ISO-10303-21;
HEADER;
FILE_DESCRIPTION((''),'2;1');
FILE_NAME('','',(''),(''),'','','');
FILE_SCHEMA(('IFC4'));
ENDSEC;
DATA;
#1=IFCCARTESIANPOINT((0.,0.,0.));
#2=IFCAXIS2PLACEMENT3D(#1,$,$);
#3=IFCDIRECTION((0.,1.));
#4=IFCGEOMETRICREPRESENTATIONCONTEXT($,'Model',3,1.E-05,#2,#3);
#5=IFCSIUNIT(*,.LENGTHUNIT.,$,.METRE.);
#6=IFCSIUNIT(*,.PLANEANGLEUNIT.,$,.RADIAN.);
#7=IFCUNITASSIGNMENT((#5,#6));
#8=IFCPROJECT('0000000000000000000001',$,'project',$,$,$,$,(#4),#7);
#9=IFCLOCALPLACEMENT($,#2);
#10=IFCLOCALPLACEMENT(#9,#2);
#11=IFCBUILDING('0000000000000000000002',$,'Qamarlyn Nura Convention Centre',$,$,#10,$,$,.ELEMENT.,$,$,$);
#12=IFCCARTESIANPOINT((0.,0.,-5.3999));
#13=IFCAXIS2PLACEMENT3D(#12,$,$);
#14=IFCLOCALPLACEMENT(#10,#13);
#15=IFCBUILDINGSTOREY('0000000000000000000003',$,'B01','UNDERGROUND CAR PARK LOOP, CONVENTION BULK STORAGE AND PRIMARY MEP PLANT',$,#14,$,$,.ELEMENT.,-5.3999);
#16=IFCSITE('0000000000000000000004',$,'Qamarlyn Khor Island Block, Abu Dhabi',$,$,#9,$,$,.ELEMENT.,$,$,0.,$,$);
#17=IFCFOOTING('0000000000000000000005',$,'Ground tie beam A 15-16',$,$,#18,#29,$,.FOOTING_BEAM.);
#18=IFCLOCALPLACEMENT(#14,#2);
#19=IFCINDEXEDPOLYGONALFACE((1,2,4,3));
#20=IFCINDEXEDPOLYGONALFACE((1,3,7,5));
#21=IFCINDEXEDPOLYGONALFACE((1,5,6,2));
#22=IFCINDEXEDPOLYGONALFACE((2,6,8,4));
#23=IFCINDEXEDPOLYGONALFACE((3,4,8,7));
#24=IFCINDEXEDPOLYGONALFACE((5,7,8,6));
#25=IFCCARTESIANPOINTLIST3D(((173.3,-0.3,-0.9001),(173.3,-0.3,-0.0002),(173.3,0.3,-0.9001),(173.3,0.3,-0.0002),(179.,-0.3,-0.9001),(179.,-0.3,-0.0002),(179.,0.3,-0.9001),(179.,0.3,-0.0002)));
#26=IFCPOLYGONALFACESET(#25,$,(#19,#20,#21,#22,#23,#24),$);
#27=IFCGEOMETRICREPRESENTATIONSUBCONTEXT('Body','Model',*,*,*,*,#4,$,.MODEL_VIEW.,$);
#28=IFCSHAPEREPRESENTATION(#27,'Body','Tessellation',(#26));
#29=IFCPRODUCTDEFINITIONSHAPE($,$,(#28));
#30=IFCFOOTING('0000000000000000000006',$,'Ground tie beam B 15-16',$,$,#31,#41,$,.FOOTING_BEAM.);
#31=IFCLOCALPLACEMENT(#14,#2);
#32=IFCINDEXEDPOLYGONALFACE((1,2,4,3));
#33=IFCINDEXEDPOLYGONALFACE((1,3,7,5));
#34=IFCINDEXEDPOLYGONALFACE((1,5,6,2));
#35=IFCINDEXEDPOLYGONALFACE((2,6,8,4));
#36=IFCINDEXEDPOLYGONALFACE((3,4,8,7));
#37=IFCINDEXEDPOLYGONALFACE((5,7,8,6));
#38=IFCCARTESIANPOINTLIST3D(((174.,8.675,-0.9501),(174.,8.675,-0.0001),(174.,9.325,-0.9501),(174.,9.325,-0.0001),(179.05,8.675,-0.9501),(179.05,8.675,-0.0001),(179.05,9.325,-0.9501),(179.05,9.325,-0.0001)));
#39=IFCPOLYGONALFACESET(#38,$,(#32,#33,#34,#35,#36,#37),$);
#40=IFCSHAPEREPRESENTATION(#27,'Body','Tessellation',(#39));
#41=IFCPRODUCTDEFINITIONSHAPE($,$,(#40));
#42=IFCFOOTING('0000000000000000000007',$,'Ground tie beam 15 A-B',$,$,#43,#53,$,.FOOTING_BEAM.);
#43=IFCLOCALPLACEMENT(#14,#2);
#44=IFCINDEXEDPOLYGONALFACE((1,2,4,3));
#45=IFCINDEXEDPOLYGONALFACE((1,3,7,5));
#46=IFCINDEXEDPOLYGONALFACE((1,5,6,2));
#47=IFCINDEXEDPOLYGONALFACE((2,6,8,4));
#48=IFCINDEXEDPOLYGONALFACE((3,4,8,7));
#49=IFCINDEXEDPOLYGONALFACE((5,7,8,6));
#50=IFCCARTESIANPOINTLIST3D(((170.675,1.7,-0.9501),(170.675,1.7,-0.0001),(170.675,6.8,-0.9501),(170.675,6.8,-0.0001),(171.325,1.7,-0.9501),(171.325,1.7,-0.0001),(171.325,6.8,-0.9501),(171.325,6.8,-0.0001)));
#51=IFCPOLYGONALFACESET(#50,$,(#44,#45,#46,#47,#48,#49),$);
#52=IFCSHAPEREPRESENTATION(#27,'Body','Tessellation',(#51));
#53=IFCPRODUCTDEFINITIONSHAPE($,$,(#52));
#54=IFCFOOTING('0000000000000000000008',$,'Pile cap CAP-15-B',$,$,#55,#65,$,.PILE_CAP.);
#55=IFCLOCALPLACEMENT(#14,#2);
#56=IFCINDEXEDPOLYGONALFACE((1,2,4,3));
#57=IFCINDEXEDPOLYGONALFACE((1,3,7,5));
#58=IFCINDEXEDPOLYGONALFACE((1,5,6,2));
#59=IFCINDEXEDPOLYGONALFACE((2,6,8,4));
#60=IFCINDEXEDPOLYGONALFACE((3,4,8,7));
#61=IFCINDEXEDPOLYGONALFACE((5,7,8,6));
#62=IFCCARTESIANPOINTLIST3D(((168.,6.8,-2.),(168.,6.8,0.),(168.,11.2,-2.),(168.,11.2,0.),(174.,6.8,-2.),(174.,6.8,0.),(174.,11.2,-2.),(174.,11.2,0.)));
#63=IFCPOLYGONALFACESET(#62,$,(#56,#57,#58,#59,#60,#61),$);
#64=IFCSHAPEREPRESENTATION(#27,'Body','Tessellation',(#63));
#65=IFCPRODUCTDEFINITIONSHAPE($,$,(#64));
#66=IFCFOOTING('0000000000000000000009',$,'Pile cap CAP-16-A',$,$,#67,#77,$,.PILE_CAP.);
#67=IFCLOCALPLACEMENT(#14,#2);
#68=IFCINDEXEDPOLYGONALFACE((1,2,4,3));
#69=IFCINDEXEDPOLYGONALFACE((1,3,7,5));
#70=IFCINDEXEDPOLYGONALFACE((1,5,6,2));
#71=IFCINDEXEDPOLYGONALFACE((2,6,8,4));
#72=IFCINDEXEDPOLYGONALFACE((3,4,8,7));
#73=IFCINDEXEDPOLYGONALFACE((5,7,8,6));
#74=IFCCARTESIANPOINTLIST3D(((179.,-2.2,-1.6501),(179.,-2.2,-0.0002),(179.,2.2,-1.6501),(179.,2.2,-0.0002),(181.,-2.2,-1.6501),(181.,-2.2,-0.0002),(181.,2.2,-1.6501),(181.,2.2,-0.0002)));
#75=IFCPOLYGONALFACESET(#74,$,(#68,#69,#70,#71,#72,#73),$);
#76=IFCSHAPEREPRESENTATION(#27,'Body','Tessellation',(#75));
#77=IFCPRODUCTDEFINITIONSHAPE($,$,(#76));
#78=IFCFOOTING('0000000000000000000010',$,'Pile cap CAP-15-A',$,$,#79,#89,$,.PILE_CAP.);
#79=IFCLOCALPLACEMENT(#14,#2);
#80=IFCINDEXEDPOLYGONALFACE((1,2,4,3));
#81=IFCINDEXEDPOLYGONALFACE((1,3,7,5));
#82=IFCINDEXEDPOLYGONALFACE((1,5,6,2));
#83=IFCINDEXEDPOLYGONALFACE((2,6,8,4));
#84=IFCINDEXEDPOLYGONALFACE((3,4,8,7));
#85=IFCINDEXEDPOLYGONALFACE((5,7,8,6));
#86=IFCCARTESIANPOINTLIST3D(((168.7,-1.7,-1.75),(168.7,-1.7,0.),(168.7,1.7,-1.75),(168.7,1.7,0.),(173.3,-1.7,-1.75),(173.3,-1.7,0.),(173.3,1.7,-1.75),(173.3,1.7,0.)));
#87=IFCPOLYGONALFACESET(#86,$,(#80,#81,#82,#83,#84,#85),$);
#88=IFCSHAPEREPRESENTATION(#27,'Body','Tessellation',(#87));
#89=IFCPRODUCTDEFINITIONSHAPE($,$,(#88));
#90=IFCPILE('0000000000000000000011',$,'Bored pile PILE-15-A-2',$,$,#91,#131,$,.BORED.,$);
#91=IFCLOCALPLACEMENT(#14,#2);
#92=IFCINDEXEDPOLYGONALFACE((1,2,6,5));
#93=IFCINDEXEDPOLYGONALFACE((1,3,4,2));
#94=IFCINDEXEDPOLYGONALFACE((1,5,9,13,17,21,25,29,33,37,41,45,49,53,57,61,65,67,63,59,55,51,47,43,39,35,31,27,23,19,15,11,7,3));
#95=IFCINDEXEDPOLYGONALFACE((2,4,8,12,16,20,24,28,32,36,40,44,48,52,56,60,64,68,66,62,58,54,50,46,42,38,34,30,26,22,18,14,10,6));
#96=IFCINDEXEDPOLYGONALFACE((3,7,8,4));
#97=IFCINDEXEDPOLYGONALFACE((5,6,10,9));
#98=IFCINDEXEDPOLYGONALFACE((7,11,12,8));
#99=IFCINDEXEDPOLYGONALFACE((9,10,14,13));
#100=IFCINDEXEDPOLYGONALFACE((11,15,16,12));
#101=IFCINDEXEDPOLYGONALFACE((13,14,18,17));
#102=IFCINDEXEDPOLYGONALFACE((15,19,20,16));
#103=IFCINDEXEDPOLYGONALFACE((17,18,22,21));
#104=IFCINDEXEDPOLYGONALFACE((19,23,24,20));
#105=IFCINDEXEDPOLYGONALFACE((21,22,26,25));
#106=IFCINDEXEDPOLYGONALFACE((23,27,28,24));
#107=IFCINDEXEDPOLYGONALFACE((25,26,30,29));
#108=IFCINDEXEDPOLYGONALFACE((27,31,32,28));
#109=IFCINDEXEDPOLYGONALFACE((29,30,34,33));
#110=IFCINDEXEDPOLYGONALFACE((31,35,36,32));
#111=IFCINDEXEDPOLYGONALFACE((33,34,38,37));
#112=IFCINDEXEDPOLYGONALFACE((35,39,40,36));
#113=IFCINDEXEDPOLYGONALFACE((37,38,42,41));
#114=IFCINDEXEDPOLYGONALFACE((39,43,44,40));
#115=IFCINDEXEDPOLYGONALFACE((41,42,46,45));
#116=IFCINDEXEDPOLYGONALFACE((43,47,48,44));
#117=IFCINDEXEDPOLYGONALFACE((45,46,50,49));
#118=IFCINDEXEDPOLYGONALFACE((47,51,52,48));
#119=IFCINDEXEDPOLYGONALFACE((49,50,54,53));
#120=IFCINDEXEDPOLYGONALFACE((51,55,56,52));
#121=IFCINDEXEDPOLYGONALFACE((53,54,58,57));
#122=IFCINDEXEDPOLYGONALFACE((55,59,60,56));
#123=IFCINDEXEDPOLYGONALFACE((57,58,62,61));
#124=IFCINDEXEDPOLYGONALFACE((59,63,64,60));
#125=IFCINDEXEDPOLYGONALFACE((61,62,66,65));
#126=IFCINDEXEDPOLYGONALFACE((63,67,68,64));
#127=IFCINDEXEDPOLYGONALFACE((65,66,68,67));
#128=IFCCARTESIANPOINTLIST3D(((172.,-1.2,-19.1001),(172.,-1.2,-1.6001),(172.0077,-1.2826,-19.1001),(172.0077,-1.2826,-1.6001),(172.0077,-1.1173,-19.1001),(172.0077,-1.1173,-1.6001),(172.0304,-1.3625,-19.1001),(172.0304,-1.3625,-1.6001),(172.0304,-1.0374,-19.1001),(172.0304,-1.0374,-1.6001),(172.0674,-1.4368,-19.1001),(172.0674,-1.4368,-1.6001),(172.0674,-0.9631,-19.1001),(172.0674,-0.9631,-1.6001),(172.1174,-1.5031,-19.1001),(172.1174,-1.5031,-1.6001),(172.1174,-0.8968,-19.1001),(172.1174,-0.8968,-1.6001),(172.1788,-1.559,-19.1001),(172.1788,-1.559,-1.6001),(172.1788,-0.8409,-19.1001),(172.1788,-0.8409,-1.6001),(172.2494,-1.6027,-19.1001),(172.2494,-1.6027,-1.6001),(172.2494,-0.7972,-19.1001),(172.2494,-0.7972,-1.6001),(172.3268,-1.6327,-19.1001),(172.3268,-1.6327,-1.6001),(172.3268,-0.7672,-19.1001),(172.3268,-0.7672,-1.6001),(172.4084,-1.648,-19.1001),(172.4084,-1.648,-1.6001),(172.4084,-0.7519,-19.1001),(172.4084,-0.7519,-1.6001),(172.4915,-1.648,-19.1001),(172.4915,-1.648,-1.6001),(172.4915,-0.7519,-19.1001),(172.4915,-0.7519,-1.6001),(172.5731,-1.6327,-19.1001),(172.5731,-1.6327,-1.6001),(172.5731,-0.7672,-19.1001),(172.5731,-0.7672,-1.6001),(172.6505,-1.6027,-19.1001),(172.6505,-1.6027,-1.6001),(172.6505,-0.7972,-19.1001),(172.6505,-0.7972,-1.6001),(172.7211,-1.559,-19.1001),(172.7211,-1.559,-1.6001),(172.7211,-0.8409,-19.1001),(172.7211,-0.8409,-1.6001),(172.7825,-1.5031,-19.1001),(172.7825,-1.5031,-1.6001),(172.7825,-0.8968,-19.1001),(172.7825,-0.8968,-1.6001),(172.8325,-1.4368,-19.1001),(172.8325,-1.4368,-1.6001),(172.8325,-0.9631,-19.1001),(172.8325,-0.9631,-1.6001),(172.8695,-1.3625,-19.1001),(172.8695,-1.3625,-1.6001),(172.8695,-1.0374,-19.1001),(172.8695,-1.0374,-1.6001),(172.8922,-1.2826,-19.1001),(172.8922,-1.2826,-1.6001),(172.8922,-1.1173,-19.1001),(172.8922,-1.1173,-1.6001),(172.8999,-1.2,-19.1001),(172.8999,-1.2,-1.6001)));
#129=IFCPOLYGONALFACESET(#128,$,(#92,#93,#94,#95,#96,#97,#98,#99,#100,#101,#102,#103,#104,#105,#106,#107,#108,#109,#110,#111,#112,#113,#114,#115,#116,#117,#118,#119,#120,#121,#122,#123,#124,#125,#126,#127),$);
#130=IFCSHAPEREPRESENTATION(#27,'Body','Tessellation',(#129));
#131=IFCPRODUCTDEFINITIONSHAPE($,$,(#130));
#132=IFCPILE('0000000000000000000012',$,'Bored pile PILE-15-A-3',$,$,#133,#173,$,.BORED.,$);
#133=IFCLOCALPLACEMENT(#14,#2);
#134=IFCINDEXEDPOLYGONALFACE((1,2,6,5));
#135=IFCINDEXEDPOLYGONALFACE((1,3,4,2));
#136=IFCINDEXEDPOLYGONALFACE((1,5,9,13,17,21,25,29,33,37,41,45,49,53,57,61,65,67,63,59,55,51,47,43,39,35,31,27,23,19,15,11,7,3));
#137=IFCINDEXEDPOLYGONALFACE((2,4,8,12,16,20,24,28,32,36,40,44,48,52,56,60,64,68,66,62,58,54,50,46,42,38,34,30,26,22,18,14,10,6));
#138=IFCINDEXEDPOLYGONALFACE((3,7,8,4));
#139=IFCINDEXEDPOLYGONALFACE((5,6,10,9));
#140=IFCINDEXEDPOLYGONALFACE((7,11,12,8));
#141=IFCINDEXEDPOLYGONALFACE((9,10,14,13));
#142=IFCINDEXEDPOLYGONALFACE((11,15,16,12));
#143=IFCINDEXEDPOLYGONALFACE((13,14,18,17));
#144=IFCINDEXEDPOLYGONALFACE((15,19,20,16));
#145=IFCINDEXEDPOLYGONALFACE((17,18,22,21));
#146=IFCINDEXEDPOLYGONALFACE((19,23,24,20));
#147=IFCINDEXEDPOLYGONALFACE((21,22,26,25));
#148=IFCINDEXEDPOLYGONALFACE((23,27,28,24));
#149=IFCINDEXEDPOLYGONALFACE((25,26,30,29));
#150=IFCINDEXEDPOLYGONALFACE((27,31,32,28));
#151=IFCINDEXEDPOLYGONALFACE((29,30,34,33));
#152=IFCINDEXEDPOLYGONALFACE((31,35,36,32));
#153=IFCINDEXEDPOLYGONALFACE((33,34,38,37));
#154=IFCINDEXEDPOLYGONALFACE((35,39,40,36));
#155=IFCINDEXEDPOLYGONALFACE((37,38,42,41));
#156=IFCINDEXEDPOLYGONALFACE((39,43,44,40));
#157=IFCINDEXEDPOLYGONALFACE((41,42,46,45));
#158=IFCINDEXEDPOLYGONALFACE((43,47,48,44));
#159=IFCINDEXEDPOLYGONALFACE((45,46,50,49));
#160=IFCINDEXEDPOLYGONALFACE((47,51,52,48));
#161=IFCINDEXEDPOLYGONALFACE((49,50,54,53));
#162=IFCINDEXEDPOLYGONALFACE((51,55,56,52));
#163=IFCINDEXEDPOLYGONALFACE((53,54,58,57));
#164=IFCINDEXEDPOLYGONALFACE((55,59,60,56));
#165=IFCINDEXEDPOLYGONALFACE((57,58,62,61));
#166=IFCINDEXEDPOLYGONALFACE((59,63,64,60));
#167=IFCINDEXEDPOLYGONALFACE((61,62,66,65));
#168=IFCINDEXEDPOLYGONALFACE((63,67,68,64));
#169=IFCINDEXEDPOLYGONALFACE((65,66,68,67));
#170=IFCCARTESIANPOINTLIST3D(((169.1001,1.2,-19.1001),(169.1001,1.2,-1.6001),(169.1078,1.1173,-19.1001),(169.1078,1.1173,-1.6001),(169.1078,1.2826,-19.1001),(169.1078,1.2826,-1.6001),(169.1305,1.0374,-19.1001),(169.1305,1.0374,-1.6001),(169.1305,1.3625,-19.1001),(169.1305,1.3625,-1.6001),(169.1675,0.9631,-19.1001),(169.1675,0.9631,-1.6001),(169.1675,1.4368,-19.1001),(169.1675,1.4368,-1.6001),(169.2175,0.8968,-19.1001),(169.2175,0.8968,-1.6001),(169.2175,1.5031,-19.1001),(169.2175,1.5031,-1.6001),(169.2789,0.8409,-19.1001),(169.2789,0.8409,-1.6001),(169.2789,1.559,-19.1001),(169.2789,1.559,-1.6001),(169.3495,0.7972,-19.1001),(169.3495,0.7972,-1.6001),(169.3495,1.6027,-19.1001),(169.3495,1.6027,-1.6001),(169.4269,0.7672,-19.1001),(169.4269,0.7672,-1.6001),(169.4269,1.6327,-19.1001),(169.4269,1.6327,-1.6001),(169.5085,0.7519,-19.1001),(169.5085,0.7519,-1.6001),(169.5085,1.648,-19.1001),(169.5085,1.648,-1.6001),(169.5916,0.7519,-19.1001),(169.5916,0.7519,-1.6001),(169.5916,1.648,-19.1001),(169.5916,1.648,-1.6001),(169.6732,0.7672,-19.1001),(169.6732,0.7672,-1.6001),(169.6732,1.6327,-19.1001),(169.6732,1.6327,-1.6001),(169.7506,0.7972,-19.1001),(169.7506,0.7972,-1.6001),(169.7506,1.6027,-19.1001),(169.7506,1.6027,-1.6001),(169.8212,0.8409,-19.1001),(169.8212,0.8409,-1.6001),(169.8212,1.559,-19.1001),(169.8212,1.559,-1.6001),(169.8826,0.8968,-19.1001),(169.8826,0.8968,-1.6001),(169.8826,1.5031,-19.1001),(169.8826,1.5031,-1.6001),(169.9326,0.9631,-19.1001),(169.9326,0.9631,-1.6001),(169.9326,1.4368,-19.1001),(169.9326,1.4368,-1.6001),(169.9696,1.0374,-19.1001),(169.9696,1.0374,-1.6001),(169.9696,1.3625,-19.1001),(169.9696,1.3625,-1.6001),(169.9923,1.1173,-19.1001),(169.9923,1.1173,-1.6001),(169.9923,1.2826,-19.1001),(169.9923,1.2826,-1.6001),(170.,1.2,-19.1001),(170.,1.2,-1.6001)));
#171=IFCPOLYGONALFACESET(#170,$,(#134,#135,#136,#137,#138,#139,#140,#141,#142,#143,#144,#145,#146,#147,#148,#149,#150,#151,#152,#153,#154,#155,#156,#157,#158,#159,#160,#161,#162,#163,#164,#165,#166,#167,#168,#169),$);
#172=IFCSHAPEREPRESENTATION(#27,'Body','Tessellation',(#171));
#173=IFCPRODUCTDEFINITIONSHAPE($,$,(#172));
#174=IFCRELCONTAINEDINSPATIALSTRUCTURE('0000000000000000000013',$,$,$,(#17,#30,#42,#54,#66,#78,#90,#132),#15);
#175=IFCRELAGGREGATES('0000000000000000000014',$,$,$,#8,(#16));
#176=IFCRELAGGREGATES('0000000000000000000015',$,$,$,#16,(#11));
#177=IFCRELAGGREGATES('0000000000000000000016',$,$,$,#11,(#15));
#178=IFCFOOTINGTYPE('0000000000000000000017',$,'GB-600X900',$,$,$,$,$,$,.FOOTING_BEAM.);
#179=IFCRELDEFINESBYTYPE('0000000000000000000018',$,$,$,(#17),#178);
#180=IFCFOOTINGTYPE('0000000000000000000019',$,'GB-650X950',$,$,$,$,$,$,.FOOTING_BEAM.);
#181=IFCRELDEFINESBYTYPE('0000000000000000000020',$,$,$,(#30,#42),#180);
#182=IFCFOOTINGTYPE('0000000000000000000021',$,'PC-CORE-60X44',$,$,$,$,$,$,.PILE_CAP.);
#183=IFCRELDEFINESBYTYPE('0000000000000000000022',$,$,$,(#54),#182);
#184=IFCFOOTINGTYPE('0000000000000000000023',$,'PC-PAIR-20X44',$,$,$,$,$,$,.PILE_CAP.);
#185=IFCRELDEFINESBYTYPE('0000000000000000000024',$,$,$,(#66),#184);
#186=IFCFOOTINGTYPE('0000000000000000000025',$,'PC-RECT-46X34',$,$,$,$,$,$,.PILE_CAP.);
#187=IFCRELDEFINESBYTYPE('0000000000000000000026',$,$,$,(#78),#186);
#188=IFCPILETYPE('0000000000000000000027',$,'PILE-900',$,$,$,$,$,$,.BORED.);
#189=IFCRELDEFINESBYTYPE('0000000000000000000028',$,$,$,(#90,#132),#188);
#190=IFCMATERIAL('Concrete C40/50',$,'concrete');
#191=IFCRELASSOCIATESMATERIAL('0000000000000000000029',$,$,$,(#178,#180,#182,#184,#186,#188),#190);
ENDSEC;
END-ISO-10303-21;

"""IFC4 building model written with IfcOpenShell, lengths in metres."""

from ifc_helpers import new_model, si_unit, direction, frame, origin, origin_2d, place, context, subcontext, project, spatial, rectangle, circle, extrude, material, material_profile, profile_set, type_object, element, save


model = new_model("IFC4")

# Units and contexts
model_context = context("Model", 3, precision=1e-05, world=origin(), true_north=direction((0.0, 1.0)))
body_context = subcontext(model_context, "Body", "Model", "MODEL_VIEW")
ifc_project = project(units=[si_unit("LENGTHUNIT", "METRE"), si_unit("PLANEANGLEUNIT", "RADIAN")], contexts=[model_context])

# Site, building, storey
site_placement = place(None, origin())
site = spatial("IfcSite", under=ifc_project, at=site_placement, Name="Qamarlyn Khor Island Block, Abu Dhabi", CompositionType="ELEMENT", RefElevation=0.0)
building_placement = place(site_placement, origin())
building = spatial("IfcBuilding", under=site, at=building_placement, Name="Qamarlyn Nura Convention Centre", CompositionType="ELEMENT")
storey_placement = place(building_placement, frame((0.0, 0.0, -5.3999)))
storey = spatial("IfcBuildingStorey", under=building, at=storey_placement, Name="B01", Description="UNDERGROUND CAR PARK LOOP, CONVENTION BULK STORAGE AND PRIMARY MEP PLANT", CompositionType="ELEMENT", Elevation=-5.3999)

# Footings
ifc_material_1 = material(Name="Concrete C40/50", Category="concrete")
ifc_material_profile_1 = material_profile(ifc_material_1, rectangle(XDim=0.6001, YDim=0.8999, at=origin_2d()), Name="RC GB 600x900")
ifc_profile_set_1 = profile_set([ifc_material_profile_1], Name="Concrete C40/50")
footing_type_1 = type_object("IfcFootingType", Name="GB-600X900", PredefinedType="FOOTING_BEAM", material=ifc_profile_set_1)
footing_1_placement = place(storey_placement, frame((173.3, 0.0, -0.4502), z_axis=(1.0, 0.0, 0.0), x_axis=(0.0, 1.0, 0.0)))
element("IfcFooting", 1, at=footing_1_placement, inside=storey, type_object=footing_type_1, Name="Ground tie beam A 15-16", PredefinedType="FOOTING_BEAM", context=body_context, shape_type="SweptSolid", body=[
    extrude(rectangle(XDim=0.6001, YDim=0.8999, at=origin_2d()), origin(), (0.0, 0.0, 1.0), 5.7),
])
ifc_material_profile_2 = material_profile(ifc_material_1, rectangle(XDim=0.6499, YDim=0.95, at=origin_2d()), Name="RC GB 650x950")
ifc_profile_set_2 = profile_set([ifc_material_profile_2], Name="Concrete C40/50")
footing_type_2 = type_object("IfcFootingType", Name="GB-650X950", PredefinedType="FOOTING_BEAM", material=ifc_profile_set_2)
footing_2_placement = place(storey_placement, frame((174.0, 9.0, -0.4751), z_axis=(1.0, 0.0, 0.0), x_axis=(0.0, 1.0, 0.0)))
element("IfcFooting", 2, at=footing_2_placement, inside=storey, type_object=footing_type_2, Name="Ground tie beam B 15-16", PredefinedType="FOOTING_BEAM", context=body_context, shape_type="SweptSolid", body=[
    extrude(rectangle(XDim=0.6499, YDim=0.95, at=origin_2d()), origin(), (0.0, 0.0, 1.0), 5.05),
])
footing_3_placement = place(storey_placement, frame((171.0, 1.7, -0.4751), z_axis=(0.0, 1.0, 0.0), x_axis=(-1.0, 0.0, 0.0)))
element("IfcFooting", 3, at=footing_3_placement, inside=storey, type_object=footing_type_2, Name="Ground tie beam 15 A-B", PredefinedType="FOOTING_BEAM", context=body_context, shape_type="SweptSolid", body=[
    extrude(rectangle(XDim=0.6499, YDim=0.95, at=origin_2d()), origin(), (0.0, 0.0, 1.0), 5.1001),
])
footing_type_3 = type_object("IfcFootingType", Name="PC-CORE-60X44", PredefinedType="PILE_CAP", material=ifc_material_1)
footing_4_placement = place(storey_placement, frame((171.0, 9.0, -2.0), z_axis=(0.0, 0.0, 1.0), x_axis=(1.0, 0.0, 0.0)))
element("IfcFooting", 4, at=footing_4_placement, inside=storey, type_object=footing_type_3, Name="Pile cap CAP-15-B", PredefinedType="PILE_CAP", context=body_context, shape_type="SweptSolid", body=[
    extrude(rectangle(XDim=6.0, YDim=4.3999, at=origin_2d()), origin(), (0.0, 0.0, 1.0), 2.0),
])
footing_type_4 = type_object("IfcFootingType", Name="PC-PAIR-20X44", PredefinedType="PILE_CAP", material=ifc_material_1)
footing_5_placement = place(storey_placement, frame((180.0, 0.0, -1.6501), z_axis=(0.0, 0.0, 1.0), x_axis=(1.0, 0.0, 0.0)))
element("IfcFooting", 5, at=footing_5_placement, inside=storey, type_object=footing_type_4, Name="Pile cap CAP-16-A", PredefinedType="PILE_CAP", context=body_context, shape_type="SweptSolid", body=[
    extrude(rectangle(XDim=2.0, YDim=4.3999, at=origin_2d()), origin(), (0.0, 0.0, 1.0), 1.6499),
])
footing_type_5 = type_object("IfcFootingType", Name="PC-RECT-46X34", PredefinedType="PILE_CAP", material=ifc_material_1)
footing_6_placement = place(storey_placement, frame((171.0, 0.0, -1.75), z_axis=(0.0, 0.0, 1.0), x_axis=(1.0, 0.0, 0.0)))
element("IfcFooting", 6, at=footing_6_placement, inside=storey, type_object=footing_type_5, Name="Pile cap CAP-15-A", PredefinedType="PILE_CAP", context=body_context, shape_type="SweptSolid", body=[
    extrude(rectangle(XDim=4.6001, YDim=3.3999, at=origin_2d()), origin(), (0.0, 0.0, 1.0), 1.75),
])

# Piles
ifc_material_profile_3 = material_profile(ifc_material_1, circle(Radius=0.45, at=origin_2d()), Name="BORED PILE 900")
ifc_profile_set_3 = profile_set([ifc_material_profile_3], Name="Concrete C40/50")
pile_type = type_object("IfcPileType", Name="PILE-900", PredefinedType="BORED", material=ifc_profile_set_3)
for number, where, z_axis, x_axis, name in (
    (7, (172.45, -1.2, -1.6001), (0.0, 0.0, -1.0), (1.0, 0.0, 0.0), "Bored pile PILE-15-A-2"),
    (8, (169.55, 1.2, -1.6001), (0.0, 0.0, -1.0), (1.0, 0.0, 0.0), "Bored pile PILE-15-A-3"),
):
    element("IfcPile", number, at=place(storey_placement, frame(where, z_axis=z_axis, x_axis=x_axis)), inside=storey, type_object=pile_type, Name=name, PredefinedType="BORED", context=body_context, shape_type="SweptSolid", body=[
        extrude(circle(Radius=0.45, at=origin_2d()), origin(), (0.0, 0.0, 1.0), 17.5),
    ])

save(model, "model.ifc")
